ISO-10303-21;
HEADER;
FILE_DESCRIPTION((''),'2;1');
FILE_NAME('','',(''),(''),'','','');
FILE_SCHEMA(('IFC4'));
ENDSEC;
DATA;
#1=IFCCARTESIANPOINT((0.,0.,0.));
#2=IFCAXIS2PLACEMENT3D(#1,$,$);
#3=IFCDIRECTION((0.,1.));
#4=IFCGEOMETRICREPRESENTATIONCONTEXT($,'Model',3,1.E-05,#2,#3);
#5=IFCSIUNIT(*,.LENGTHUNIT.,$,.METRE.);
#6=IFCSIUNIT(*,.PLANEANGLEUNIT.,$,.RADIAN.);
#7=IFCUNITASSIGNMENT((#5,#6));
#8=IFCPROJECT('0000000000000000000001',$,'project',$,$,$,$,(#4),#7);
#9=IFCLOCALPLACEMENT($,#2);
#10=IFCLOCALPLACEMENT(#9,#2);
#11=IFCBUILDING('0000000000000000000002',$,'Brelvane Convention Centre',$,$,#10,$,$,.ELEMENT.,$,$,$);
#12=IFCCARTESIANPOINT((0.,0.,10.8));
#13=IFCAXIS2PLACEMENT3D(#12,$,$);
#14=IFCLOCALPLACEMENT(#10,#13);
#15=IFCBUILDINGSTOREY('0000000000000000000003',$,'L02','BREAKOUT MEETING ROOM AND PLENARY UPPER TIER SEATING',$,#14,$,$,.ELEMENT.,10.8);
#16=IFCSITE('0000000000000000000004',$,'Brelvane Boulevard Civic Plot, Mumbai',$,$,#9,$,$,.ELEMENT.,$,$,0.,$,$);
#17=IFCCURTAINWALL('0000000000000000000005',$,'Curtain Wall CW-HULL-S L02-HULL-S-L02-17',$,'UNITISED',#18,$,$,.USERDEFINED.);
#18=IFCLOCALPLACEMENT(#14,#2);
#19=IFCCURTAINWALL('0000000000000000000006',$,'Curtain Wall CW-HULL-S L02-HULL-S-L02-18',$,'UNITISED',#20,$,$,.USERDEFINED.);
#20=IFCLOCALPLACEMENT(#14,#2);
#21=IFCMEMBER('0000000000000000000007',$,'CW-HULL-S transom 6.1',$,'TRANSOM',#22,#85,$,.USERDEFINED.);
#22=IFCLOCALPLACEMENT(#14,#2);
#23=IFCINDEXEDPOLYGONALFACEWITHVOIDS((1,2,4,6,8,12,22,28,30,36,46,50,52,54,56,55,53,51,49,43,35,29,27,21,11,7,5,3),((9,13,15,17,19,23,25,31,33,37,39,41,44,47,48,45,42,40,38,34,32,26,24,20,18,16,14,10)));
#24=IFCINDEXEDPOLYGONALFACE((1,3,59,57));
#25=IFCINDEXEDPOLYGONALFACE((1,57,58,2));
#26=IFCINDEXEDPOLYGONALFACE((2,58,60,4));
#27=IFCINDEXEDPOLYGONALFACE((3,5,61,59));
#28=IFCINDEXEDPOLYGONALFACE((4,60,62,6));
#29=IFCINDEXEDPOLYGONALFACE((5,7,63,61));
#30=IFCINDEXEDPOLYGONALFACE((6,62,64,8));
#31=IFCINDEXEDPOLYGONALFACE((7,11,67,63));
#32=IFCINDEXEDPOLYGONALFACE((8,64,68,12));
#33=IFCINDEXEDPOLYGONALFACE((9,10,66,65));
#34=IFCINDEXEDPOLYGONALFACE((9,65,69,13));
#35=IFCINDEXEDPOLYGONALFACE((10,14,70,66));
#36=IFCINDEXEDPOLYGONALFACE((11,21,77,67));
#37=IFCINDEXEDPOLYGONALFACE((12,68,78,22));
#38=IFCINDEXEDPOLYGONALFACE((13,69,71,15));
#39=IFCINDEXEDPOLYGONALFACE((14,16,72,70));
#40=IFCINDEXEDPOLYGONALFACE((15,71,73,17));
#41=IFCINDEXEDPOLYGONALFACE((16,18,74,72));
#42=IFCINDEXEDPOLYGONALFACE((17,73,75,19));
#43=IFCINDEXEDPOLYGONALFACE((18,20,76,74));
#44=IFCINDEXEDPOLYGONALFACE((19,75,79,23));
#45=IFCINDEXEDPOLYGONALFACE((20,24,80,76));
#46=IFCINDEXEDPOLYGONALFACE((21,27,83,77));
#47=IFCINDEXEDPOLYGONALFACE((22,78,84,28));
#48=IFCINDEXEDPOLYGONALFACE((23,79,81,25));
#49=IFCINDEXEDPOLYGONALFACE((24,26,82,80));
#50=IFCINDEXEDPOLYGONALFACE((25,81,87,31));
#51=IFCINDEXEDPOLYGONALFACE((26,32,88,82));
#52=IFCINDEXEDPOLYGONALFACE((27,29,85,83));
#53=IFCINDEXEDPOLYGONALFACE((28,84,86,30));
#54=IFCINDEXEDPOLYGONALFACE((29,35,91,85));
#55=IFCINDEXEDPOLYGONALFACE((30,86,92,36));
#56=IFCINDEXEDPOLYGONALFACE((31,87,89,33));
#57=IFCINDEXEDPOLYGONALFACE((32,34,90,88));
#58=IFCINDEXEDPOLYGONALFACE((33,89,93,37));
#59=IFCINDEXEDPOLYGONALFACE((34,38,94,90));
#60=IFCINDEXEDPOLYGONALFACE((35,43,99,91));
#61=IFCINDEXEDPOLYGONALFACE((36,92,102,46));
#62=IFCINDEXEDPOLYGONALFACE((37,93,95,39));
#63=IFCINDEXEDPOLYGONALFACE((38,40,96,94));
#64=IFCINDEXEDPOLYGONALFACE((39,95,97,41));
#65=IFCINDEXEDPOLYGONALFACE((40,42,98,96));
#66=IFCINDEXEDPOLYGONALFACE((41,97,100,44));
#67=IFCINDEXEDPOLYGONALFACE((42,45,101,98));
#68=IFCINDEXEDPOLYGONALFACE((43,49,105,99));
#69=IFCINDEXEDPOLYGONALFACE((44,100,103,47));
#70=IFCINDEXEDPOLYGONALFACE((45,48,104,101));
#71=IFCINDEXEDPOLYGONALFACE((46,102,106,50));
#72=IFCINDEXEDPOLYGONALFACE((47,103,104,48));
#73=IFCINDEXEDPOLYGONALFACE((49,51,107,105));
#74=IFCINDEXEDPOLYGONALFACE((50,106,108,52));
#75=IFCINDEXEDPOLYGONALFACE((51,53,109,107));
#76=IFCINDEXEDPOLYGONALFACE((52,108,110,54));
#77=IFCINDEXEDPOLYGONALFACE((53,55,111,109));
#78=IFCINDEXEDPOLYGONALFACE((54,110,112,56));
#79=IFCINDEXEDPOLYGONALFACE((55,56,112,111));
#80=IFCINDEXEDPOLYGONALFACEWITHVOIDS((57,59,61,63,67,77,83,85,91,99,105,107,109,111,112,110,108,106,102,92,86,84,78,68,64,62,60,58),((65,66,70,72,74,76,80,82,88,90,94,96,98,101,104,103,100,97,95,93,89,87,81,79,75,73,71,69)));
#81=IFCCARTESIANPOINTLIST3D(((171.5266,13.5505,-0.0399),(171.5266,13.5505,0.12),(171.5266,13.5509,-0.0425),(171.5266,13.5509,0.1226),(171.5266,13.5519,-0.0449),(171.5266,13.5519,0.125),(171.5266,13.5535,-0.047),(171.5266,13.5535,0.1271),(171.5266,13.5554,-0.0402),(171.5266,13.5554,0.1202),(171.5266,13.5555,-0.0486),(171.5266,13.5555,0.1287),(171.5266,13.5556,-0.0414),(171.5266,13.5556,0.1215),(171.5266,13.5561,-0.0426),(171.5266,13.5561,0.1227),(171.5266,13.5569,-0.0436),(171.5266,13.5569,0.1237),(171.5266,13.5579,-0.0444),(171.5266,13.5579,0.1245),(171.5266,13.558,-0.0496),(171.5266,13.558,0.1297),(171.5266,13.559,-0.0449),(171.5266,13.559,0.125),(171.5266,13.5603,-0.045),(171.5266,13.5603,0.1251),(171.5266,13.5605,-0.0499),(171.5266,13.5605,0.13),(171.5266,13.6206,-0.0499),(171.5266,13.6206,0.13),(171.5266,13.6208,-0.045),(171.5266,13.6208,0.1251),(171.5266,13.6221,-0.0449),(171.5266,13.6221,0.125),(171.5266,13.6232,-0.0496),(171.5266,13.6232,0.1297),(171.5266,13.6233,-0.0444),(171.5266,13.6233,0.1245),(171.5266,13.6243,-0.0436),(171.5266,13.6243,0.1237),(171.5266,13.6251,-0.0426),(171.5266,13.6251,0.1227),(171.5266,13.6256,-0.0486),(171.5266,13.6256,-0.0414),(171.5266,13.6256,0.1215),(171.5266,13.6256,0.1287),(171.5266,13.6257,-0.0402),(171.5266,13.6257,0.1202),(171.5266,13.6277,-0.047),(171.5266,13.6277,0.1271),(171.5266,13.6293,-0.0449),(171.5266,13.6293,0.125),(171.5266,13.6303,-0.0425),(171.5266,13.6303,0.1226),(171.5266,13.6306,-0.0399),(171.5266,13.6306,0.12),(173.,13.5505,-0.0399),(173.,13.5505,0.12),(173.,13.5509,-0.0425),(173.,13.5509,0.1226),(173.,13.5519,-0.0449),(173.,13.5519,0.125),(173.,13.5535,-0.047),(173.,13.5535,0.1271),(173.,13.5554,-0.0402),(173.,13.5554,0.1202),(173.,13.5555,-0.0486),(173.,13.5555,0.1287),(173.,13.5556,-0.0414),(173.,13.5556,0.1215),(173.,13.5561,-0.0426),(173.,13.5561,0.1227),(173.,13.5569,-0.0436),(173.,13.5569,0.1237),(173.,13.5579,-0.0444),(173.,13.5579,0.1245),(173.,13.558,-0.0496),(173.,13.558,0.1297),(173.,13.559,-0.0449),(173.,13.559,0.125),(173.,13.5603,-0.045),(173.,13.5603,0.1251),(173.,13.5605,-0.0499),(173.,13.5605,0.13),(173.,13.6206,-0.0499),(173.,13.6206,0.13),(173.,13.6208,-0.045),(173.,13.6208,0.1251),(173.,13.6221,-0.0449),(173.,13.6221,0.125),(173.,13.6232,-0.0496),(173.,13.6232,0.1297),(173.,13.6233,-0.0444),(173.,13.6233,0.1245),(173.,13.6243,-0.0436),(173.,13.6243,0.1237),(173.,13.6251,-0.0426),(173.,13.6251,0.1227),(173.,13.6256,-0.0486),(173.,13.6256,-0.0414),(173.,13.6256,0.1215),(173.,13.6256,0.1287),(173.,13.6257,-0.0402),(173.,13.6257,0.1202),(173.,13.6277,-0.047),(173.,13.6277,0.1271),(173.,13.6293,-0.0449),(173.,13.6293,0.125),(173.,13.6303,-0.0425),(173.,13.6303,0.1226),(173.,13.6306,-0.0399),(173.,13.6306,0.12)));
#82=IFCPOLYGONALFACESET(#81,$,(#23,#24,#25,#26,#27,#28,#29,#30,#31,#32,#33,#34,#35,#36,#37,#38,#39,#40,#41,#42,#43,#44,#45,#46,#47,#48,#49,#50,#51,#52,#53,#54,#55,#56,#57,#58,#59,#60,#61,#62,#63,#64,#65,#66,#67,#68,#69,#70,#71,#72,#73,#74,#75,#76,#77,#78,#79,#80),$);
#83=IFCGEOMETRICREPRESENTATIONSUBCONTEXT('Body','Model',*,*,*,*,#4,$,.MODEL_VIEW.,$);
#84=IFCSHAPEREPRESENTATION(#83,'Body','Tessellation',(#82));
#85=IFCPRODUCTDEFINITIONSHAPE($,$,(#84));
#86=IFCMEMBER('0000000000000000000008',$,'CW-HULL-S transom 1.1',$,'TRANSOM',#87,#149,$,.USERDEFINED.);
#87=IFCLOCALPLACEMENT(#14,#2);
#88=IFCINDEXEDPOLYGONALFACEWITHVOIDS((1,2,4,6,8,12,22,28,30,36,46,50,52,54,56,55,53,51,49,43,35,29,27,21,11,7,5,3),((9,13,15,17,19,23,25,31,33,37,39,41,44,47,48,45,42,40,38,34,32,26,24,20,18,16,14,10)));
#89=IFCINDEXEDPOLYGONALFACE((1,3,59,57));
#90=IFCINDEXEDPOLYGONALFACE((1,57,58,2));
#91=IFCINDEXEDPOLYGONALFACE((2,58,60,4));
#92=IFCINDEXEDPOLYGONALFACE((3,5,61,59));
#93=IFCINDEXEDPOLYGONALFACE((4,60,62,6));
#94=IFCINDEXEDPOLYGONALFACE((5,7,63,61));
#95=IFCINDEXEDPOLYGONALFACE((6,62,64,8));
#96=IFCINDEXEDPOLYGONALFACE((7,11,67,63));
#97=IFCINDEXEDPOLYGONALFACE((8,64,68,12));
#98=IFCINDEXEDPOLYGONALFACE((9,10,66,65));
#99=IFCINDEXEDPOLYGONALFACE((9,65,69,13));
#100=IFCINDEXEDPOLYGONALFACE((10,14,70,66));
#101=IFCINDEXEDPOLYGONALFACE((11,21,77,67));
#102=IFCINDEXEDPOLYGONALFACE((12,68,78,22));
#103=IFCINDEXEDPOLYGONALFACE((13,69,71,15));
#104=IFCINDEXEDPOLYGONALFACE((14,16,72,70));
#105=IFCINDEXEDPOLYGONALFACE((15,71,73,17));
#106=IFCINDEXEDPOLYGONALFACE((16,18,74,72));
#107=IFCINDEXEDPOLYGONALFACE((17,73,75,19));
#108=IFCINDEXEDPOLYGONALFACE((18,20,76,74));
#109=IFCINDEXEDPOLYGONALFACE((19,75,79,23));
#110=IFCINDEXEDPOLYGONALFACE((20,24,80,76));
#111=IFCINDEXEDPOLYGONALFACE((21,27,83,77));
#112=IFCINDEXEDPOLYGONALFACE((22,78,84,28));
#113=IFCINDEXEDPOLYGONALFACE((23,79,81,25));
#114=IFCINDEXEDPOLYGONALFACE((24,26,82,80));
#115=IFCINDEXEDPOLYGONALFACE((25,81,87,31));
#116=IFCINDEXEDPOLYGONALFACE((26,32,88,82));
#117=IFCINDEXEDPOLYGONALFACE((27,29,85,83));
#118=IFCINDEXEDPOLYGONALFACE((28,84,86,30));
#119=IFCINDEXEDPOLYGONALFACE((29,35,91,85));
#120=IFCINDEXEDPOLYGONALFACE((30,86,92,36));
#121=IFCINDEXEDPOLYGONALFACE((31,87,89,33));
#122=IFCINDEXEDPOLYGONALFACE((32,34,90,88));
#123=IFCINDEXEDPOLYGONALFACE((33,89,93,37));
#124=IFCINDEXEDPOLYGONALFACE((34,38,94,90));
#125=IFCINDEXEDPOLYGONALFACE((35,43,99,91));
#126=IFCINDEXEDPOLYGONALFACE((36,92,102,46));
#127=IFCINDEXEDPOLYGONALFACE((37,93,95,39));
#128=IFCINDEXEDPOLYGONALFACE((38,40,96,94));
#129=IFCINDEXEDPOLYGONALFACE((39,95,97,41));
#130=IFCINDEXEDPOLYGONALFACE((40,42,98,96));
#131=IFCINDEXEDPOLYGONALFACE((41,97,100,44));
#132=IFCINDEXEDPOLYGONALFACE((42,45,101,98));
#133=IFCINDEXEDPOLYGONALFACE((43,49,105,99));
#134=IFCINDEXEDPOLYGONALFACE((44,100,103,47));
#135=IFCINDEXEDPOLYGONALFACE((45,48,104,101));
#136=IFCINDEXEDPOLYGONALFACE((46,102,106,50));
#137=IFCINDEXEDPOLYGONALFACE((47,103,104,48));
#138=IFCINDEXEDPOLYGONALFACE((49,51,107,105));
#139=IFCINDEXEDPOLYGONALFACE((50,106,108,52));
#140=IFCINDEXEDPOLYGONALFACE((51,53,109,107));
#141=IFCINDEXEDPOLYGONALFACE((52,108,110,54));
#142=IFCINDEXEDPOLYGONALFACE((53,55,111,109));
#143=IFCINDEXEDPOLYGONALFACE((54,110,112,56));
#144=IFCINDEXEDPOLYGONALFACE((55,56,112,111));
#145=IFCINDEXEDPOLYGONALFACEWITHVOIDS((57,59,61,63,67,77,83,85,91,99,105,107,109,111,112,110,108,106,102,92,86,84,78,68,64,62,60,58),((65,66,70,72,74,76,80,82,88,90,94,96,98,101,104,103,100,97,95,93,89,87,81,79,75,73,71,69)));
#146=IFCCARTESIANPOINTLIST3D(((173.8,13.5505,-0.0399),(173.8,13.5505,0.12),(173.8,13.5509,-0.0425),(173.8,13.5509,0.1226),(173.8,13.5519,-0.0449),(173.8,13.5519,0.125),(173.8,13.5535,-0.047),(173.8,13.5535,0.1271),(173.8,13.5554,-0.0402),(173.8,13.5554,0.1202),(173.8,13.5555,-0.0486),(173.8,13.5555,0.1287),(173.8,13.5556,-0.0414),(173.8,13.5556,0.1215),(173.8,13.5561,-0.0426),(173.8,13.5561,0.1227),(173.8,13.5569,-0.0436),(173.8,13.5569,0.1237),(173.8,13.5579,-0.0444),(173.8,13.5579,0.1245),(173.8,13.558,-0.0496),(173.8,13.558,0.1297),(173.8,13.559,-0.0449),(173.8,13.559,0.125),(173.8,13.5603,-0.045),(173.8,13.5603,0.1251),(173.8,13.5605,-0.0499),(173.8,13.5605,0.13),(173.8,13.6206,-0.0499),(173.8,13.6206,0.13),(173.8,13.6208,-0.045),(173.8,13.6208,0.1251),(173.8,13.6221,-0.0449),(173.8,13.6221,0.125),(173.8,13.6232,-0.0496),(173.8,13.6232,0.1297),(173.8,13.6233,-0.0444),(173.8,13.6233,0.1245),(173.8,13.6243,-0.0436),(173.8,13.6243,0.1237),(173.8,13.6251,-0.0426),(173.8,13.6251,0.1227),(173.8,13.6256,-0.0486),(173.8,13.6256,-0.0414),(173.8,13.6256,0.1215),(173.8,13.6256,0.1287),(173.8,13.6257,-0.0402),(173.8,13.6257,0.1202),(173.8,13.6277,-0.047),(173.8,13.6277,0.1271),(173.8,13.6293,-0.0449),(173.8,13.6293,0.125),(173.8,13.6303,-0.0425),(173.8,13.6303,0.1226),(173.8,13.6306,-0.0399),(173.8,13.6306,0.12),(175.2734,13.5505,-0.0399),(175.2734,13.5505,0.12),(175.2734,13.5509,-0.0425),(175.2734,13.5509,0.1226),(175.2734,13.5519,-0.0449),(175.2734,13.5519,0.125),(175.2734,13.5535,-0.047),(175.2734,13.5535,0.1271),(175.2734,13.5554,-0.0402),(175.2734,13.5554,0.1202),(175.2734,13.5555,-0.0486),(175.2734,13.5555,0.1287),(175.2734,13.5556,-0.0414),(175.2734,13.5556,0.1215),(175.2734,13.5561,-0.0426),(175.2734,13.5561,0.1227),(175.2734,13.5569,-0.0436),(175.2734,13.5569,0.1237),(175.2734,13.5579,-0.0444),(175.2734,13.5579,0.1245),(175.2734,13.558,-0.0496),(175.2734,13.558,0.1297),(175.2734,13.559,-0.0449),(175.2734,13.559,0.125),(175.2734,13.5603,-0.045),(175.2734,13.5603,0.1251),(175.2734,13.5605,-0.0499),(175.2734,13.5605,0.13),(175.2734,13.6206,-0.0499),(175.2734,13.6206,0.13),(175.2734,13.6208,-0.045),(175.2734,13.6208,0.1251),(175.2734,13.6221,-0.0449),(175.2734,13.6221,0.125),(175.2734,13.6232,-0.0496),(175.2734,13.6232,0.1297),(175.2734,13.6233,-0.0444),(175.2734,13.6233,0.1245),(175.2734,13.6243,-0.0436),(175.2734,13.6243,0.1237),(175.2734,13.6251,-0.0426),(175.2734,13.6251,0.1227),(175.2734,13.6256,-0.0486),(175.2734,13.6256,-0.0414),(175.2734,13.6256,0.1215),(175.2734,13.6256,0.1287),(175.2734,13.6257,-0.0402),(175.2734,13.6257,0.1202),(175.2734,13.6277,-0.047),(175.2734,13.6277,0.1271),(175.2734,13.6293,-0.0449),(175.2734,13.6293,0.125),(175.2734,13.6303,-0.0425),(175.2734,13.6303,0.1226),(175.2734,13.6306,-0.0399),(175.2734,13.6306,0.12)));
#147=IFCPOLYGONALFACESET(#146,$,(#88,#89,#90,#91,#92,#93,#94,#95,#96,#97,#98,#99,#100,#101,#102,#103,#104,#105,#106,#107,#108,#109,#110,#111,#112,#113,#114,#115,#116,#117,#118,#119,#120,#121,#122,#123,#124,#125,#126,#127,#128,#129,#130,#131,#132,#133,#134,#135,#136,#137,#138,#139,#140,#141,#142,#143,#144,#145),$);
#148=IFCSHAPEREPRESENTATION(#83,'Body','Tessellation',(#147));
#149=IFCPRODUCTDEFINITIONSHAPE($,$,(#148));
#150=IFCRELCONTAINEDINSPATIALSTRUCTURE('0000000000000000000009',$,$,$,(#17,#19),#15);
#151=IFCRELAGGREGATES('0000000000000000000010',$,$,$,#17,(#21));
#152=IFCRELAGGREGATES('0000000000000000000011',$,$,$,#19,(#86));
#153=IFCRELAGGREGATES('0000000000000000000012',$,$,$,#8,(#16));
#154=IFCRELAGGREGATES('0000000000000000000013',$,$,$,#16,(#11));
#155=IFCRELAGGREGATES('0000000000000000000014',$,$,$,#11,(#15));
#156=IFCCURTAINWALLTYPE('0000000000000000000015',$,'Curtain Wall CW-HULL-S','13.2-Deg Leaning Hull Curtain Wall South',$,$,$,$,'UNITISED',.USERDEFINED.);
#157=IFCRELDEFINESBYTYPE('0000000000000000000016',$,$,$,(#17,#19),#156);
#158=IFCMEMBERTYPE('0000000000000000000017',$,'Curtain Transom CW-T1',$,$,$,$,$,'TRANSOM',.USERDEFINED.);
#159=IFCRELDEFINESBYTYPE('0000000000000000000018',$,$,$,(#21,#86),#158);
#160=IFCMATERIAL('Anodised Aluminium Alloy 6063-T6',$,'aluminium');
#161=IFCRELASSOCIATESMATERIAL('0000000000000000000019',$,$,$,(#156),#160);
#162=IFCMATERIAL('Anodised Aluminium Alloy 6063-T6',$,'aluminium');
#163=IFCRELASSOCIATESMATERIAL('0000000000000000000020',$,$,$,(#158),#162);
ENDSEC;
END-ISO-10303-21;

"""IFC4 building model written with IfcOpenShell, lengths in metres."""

from ifc_helpers import new_model, si_unit, direction, frame, origin, origin_2d, place, context, subcontext, project, spatial, hollow_rectangle, extrude, material, material_profile, profile_set, type_object, element, aggregate, save


model = new_model("IFC4")

# Units and contexts
model_context = context("Model", 3, precision=1e-05, world=origin(), true_north=direction((0.0, 1.0)))
body_context = subcontext(model_context, "Body", "Model", "MODEL_VIEW")
ifc_project = project(units=[si_unit("LENGTHUNIT", "METRE"), si_unit("PLANEANGLEUNIT", "RADIAN")], contexts=[model_context])

# Site, building, storey
site_placement = place(None, origin())
site = spatial("IfcSite", under=ifc_project, at=site_placement, Name="Brelvane Boulevard Civic Plot, Mumbai", CompositionType="ELEMENT", RefElevation=0.0)
building_placement = place(site_placement, origin())
building = spatial("IfcBuilding", under=site, at=building_placement, Name="Brelvane Convention Centre", CompositionType="ELEMENT")
storey_placement = place(building_placement, frame((0.0, 0.0, 10.8)))
storey = spatial("IfcBuildingStorey", under=building, at=storey_placement, Name="L02", Description="BREAKOUT MEETING ROOM AND PLENARY UPPER TIER SEATING", CompositionType="ELEMENT", Elevation=10.8)

# Curtain walls
ifc_material_1 = material(Name="Anodised Aluminium Alloy 6063-T6", Category="aluminium")
curtain_wall_type = type_object("IfcCurtainWallType", Name="Curtain Wall CW-HULL-S", Description="13.2-Deg Leaning Hull Curtain Wall South", ElementType="UNITISED", PredefinedType="USERDEFINED", material=ifc_material_1)
curtain_wall_1_placement = place(storey_placement, origin())
curtain_wall_1 = element("IfcCurtainWall", 1, at=curtain_wall_1_placement, inside=storey, type_object=curtain_wall_type, Name="Curtain Wall CW-HULL-S L02-HULL-S-L02-17", ObjectType="UNITISED", PredefinedType="USERDEFINED")
curtain_wall_2_placement = place(storey_placement, origin())
curtain_wall_2 = element("IfcCurtainWall", 2, at=curtain_wall_2_placement, inside=storey, type_object=curtain_wall_type, Name="Curtain Wall CW-HULL-S L02-HULL-S-L02-18", ObjectType="UNITISED", PredefinedType="USERDEFINED")

# Members
ifc_material_2 = material(Name="Anodised Aluminium Alloy 6063-T6", Category="aluminium")
ifc_material_profile_1 = material_profile(ifc_material_2, hollow_rectangle(XDim=0.0801, YDim=0.1799, WallThickness=0.0049, InnerFilletRadius=0.0049, OuterFilletRadius=0.01, at=origin_2d()), Name="ALU-T 180x80x5.0")
ifc_profile_set_1 = profile_set([ifc_material_profile_1], Name="Anodised Aluminium Alloy 6063-T6")
member_type_1 = type_object("IfcMemberType", Name="Curtain Transom CW-T1", ElementType="TRANSOM", PredefinedType="USERDEFINED", material=ifc_profile_set_1)
member_1_placement = place(storey_placement, frame((171.5266, 13.5906, 0.04), z_axis=(1.0, 0.0, 0.0), x_axis=(0.0, 1.0, 0.0)))
member_1 = element("IfcMember", 3, at=member_1_placement, type_object=member_type_1, Name="CW-HULL-S transom 6.1", ObjectType="TRANSOM", PredefinedType="USERDEFINED", context=body_context, shape_type="SweptSolid", body=[
    extrude(hollow_rectangle(XDim=0.0801, YDim=0.1799, WallThickness=0.0049, InnerFilletRadius=0.0049, OuterFilletRadius=0.01, at=origin_2d()), origin(), (0.0, 0.0, 1.0), 1.4734),
])
aggregate(curtain_wall_1, [member_1])
member_2_placement = place(storey_placement, frame((173.8, 13.5906, 0.04), z_axis=(1.0, 0.0, 0.0), x_axis=(0.0, 1.0, 0.0)))
member_2 = element("IfcMember", 4, at=member_2_placement, type_object=member_type_1, Name="CW-HULL-S transom 1.1", ObjectType="TRANSOM", PredefinedType="USERDEFINED", context=body_context, shape_type="SweptSolid", body=[
    extrude(hollow_rectangle(XDim=0.0801, YDim=0.1799, WallThickness=0.0049, InnerFilletRadius=0.0049, OuterFilletRadius=0.01, at=origin_2d()), origin(), (0.0, 0.0, 1.0), 1.4734),
])

aggregate(curtain_wall_2, [member_2])

save(model, "model.ifc")
